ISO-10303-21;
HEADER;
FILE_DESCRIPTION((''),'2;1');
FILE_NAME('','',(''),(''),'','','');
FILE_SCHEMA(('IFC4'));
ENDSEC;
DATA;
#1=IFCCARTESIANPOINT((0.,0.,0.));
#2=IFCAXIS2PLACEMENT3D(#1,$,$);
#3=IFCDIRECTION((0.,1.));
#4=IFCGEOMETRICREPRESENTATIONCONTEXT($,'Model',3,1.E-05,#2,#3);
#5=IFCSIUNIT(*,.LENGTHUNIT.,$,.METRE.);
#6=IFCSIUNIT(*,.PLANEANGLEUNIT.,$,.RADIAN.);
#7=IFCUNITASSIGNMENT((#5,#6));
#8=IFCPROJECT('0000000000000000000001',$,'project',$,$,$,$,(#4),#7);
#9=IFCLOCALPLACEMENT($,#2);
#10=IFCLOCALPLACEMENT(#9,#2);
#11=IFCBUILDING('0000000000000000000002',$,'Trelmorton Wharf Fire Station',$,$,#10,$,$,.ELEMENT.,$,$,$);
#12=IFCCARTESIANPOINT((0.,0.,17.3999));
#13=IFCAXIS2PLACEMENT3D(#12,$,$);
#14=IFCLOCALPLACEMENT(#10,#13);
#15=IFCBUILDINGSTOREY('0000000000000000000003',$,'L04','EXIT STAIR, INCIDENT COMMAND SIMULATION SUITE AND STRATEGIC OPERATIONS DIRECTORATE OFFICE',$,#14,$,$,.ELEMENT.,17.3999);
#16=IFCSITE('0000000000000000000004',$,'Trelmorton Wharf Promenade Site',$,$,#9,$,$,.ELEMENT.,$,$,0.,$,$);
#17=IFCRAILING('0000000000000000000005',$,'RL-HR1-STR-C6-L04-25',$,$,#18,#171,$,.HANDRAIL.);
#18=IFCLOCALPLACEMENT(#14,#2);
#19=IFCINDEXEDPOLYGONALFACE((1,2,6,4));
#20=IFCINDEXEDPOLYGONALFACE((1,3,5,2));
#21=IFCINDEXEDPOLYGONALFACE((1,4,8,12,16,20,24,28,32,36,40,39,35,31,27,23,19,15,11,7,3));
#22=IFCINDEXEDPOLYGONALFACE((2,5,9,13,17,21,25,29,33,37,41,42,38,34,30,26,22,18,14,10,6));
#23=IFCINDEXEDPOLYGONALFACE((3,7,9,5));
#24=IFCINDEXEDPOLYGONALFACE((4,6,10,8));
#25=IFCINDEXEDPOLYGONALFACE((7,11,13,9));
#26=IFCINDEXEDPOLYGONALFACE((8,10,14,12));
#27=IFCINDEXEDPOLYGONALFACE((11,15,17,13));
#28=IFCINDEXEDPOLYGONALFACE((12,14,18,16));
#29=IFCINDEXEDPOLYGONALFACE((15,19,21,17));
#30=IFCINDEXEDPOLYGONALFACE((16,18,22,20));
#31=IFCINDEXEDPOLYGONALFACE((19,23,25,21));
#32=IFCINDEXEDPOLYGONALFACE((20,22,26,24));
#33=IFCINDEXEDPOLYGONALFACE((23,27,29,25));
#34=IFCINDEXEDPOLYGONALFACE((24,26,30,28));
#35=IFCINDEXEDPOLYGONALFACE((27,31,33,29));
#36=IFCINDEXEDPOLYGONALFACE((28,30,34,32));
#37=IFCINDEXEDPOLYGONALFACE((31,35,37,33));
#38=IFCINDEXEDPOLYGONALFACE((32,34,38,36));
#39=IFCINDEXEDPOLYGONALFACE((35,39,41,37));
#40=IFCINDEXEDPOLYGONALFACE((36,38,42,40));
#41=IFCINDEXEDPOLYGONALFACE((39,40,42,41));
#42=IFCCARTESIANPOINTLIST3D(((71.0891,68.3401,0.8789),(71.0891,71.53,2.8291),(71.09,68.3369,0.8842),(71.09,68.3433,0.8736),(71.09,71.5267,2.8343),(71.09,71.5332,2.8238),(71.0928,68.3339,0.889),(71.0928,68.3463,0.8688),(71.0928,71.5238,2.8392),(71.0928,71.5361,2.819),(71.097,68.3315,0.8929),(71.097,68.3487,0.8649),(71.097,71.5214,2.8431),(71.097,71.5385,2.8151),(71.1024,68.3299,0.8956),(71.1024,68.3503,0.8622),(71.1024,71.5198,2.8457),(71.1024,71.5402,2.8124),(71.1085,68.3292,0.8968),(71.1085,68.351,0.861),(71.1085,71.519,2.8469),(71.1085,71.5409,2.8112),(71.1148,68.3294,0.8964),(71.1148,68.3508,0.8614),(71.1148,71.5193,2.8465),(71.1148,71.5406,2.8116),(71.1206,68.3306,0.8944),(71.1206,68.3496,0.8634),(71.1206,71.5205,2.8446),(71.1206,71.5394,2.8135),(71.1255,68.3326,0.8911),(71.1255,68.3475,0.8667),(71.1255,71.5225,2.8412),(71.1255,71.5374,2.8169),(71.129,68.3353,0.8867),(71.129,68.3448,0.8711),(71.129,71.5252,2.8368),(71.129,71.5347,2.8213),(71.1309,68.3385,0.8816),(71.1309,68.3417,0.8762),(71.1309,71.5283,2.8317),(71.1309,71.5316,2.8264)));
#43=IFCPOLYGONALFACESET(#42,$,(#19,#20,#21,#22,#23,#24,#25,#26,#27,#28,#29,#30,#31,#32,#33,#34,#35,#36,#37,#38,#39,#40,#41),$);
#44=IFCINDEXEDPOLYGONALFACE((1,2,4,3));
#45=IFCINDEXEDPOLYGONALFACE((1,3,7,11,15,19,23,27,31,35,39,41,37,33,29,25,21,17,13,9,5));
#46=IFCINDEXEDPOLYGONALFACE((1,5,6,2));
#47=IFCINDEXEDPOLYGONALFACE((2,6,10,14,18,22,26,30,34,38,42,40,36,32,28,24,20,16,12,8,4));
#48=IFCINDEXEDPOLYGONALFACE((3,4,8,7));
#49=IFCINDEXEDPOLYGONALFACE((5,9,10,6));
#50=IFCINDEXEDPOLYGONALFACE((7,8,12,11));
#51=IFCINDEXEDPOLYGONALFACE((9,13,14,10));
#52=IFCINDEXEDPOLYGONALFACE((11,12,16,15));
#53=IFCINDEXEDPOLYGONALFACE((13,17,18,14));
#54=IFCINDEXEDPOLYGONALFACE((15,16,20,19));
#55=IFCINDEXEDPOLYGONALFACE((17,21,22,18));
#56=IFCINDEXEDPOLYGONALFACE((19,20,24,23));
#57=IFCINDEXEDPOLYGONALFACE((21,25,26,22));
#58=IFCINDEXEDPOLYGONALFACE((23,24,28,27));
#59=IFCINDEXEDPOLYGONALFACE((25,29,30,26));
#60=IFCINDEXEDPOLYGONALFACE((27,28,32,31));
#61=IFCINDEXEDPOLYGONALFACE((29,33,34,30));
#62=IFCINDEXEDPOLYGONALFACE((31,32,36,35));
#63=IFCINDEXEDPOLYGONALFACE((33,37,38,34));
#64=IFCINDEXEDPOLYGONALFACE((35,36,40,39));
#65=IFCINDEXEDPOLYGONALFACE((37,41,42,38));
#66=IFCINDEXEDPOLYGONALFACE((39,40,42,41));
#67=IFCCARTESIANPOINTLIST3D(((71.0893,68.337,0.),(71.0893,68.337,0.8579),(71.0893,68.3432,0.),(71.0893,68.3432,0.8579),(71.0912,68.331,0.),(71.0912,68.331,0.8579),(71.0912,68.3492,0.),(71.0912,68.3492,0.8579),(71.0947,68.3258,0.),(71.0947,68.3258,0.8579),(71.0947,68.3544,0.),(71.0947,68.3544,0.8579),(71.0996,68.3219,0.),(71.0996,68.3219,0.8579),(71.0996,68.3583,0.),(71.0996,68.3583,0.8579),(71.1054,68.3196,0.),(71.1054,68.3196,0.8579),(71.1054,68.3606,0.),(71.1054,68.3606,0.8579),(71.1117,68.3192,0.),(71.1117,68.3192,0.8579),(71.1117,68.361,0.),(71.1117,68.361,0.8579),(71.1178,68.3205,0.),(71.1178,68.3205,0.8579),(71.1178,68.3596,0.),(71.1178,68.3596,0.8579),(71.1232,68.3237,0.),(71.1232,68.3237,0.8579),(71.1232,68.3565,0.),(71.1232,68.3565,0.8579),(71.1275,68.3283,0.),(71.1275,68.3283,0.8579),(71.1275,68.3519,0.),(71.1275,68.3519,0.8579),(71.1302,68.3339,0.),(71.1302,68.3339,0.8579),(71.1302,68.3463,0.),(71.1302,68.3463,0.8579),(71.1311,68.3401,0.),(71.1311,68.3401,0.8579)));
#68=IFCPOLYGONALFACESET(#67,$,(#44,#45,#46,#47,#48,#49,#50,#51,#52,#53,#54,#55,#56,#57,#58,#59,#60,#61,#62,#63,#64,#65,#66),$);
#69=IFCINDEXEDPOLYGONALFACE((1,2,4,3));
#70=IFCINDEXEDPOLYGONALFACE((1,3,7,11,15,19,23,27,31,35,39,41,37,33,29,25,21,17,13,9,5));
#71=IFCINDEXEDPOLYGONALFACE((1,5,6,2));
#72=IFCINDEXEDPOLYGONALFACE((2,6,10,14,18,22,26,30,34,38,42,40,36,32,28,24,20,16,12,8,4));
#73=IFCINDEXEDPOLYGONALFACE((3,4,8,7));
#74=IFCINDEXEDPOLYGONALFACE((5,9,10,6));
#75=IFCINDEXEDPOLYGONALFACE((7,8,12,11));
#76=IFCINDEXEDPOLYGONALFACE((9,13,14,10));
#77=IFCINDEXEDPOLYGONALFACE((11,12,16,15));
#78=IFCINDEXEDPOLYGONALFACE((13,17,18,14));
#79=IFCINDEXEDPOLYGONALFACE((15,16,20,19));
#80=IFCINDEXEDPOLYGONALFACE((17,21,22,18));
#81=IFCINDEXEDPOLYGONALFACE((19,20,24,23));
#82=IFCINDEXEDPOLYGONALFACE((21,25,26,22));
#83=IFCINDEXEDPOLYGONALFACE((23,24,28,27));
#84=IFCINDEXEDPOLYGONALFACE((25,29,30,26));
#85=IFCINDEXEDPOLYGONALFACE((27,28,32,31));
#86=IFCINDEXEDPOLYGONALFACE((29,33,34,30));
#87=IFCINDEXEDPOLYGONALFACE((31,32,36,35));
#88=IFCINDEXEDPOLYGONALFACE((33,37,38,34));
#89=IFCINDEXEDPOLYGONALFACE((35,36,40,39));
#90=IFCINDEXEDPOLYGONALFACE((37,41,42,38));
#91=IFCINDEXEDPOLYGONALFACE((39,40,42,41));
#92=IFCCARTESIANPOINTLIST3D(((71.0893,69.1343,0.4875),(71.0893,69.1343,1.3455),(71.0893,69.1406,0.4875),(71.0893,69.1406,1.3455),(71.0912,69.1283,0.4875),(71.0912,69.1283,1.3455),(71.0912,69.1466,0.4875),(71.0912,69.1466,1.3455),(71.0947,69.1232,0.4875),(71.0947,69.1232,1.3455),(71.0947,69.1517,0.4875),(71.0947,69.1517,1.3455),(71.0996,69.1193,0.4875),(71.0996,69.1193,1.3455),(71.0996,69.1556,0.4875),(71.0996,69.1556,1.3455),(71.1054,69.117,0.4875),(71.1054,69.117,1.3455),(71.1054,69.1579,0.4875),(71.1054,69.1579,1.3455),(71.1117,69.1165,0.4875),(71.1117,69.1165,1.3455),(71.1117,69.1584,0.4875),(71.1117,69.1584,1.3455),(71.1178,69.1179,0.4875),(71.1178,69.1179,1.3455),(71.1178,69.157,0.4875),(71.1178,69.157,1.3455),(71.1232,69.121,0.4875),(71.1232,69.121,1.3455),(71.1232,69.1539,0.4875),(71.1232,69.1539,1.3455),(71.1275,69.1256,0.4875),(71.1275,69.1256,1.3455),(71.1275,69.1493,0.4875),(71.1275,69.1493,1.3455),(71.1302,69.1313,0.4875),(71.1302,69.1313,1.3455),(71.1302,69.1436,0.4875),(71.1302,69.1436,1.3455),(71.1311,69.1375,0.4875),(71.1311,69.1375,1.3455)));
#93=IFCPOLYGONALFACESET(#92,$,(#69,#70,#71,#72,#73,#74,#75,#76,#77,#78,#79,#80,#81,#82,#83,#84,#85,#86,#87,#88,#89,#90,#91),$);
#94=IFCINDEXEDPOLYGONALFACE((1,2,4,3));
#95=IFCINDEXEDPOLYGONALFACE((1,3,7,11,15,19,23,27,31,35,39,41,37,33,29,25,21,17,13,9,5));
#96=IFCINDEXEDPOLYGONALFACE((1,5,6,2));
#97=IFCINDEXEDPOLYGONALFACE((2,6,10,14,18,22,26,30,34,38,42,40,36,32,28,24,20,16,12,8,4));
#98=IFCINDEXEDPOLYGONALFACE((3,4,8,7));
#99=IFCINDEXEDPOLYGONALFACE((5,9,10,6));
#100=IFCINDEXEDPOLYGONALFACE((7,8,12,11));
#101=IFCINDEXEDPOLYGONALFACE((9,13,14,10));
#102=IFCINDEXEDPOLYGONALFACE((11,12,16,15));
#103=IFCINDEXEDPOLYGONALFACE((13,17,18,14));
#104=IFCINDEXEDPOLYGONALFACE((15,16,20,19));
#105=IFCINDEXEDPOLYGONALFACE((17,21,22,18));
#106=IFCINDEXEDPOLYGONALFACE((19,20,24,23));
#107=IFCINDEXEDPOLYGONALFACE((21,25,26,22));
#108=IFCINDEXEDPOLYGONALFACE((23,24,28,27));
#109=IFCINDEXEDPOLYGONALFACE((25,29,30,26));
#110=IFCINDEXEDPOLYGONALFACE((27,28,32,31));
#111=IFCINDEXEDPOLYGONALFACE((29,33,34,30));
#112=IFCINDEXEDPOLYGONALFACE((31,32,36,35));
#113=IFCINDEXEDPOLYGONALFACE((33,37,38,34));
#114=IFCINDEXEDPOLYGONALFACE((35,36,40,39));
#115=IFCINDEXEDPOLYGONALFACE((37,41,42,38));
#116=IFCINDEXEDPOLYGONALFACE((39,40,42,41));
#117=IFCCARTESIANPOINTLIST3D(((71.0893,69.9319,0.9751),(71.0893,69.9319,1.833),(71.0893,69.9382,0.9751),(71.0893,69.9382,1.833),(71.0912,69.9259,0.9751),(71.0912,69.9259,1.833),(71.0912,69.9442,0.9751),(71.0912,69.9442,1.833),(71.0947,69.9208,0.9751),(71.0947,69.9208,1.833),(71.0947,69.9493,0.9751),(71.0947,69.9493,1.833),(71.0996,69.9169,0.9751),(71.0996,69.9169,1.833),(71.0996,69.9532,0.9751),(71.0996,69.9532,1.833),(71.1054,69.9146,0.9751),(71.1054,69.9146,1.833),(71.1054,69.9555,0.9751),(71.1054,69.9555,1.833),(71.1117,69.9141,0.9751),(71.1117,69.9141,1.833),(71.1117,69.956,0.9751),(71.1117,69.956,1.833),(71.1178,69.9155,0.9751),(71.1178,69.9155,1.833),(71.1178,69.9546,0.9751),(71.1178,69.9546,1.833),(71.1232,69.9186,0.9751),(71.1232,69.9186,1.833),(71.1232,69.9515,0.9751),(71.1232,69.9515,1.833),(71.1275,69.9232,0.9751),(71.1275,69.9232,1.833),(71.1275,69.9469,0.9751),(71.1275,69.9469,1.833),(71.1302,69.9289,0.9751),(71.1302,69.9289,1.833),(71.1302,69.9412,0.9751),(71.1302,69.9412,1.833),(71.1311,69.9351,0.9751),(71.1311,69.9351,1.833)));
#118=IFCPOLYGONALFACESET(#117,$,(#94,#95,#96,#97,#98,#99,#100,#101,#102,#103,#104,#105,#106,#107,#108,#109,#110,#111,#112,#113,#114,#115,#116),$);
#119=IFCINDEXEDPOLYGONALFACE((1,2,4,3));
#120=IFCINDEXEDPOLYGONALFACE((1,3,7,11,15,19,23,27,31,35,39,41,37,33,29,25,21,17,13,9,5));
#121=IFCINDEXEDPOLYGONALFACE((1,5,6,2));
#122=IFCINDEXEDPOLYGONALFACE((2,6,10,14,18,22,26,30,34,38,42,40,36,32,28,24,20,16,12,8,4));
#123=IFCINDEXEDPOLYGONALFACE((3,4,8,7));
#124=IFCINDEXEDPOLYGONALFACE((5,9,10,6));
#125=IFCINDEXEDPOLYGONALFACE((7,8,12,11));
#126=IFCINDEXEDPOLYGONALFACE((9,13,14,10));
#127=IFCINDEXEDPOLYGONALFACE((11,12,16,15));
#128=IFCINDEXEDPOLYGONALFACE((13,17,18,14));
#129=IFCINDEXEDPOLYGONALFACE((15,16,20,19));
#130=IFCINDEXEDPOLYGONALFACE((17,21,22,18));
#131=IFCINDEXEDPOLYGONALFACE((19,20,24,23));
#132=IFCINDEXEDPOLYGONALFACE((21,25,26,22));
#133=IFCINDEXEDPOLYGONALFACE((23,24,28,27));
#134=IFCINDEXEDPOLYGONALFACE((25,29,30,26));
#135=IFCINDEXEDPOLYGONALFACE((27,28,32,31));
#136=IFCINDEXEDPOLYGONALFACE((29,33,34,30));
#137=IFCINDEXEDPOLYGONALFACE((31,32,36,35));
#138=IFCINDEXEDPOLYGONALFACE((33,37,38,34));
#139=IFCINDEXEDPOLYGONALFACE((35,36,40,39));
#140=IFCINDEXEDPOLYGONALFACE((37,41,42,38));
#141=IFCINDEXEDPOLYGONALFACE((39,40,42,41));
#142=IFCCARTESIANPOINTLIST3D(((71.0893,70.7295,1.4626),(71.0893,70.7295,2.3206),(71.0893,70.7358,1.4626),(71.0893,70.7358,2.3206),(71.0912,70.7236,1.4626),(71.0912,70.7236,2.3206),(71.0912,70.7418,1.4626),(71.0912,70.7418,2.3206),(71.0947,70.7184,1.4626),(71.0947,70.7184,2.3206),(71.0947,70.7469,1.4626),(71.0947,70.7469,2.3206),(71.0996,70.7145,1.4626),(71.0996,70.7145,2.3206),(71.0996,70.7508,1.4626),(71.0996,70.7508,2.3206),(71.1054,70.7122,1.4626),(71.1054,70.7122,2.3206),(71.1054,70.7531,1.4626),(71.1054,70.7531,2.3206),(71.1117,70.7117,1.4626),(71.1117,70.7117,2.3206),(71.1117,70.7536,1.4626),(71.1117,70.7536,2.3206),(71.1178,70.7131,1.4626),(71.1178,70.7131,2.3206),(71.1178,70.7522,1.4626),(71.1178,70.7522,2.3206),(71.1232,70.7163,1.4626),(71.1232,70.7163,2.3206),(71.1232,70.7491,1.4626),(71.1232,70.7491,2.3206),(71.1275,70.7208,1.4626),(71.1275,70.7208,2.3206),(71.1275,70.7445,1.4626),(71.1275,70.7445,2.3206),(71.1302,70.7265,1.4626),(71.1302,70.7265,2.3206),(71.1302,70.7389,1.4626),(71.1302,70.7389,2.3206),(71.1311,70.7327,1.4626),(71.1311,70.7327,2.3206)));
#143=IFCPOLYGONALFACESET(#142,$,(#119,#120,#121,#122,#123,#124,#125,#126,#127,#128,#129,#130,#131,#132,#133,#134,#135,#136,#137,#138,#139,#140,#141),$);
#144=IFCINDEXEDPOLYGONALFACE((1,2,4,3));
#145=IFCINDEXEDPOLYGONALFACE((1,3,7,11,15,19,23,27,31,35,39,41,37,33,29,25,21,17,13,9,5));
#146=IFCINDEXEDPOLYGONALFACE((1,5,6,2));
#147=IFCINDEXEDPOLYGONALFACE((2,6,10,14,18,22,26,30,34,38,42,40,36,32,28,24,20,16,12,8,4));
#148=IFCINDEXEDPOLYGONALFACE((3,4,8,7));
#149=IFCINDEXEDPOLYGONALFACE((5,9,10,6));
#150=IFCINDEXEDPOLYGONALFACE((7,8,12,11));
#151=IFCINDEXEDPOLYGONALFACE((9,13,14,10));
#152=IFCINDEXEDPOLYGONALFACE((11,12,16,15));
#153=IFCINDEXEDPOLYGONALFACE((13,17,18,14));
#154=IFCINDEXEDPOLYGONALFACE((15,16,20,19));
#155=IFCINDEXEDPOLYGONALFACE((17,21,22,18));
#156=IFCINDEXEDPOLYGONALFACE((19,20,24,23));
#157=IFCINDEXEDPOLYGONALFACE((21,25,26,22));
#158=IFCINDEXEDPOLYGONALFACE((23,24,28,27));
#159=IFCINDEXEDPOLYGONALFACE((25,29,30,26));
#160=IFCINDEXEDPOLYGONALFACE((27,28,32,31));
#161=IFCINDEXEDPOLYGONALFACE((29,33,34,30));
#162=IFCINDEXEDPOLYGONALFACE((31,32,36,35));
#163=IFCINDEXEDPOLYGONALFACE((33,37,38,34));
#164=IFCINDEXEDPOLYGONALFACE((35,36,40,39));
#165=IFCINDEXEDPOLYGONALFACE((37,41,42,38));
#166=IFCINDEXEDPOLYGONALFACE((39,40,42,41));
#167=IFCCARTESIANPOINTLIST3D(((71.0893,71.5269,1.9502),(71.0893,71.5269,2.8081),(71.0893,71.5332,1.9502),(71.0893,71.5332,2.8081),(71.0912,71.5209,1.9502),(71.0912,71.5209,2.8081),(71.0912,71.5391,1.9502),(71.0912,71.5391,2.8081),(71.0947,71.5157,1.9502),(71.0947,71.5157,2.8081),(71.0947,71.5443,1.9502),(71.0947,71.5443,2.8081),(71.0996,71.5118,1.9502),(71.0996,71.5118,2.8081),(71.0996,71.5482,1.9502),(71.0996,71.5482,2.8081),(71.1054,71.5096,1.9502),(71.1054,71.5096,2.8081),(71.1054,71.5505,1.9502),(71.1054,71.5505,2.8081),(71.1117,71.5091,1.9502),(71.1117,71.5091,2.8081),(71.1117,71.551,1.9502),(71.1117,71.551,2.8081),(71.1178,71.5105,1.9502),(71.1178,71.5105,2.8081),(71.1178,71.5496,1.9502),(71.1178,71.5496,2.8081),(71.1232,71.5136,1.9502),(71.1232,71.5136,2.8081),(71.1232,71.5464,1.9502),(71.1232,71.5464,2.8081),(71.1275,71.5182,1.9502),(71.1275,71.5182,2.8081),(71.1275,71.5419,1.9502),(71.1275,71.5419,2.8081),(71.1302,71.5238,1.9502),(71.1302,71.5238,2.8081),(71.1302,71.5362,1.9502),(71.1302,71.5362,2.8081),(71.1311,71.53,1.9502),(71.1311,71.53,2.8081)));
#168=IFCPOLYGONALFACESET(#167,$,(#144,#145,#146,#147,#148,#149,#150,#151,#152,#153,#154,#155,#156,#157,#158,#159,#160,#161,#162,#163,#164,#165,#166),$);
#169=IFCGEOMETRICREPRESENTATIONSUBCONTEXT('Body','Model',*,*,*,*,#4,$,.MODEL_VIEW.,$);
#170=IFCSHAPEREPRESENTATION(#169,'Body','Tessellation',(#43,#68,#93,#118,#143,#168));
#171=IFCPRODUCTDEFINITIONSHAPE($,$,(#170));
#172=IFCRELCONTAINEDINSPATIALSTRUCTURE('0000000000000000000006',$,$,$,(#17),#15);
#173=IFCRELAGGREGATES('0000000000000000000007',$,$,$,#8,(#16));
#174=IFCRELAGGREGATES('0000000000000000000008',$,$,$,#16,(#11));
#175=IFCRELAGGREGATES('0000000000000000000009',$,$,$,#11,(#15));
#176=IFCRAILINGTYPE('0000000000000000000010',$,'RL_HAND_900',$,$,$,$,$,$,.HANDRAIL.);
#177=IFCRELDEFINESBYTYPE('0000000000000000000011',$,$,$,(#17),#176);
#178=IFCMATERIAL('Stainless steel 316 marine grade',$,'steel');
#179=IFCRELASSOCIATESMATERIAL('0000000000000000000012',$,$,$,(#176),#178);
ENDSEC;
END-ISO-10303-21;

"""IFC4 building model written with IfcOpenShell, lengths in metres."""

from ifc_helpers import new_model, si_unit, direction, frame, origin, origin_2d, place, context, subcontext, project, spatial, circle, extrude, material, type_object, element, save


model = new_model("IFC4")

# Units and contexts
model_context = context("Model", 3, precision=1e-05, world=origin(), true_north=direction((0.0, 1.0)))
body_context = subcontext(model_context, "Body", "Model", "MODEL_VIEW")
ifc_project = project(units=[si_unit("LENGTHUNIT", "METRE"), si_unit("PLANEANGLEUNIT", "RADIAN")], contexts=[model_context])

# Site, building, storey
site_placement = place(None, origin())
site = spatial("IfcSite", under=ifc_project, at=site_placement, Name="Trelmorton Wharf Promenade Site", CompositionType="ELEMENT", RefElevation=0.0)
building_placement = place(site_placement, origin())
building = spatial("IfcBuilding", under=site, at=building_placement, Name="Trelmorton Wharf Fire Station", CompositionType="ELEMENT")
storey_placement = place(building_placement, frame((0.0, 0.0, 17.3999)))
storey = spatial("IfcBuildingStorey", under=building, at=storey_placement, Name="L04", Description="EXIT STAIR, INCIDENT COMMAND SIMULATION SUITE AND STRATEGIC OPERATIONS DIRECTORATE OFFICE", CompositionType="ELEMENT", Elevation=17.3999)

# Shared definitions
ifc_material_1 = material(Name="Stainless steel 316 marine grade", Category="steel")

# Railing
railing_type_1 = type_object("IfcRailingType", Name="RL_HAND_900", PredefinedType="HANDRAIL", material=ifc_material_1)
railing_1_placement = place(storey_placement, frame((71.1101, 68.3401, 0.0)))
element("IfcRailing", 1, at=railing_1_placement, inside=storey, type_object=railing_type_1, Name="RL-HR1-STR-C6-L04-25", PredefinedType="HANDRAIL", context=body_context, shape_type="SweptSolid", body=[
    extrude(circle(Radius=0.021, at=origin_2d()), frame((0.0, 0.0, 0.8789), z_axis=(0.0, 0.853188, 0.521603), x_axis=(-1.0, 0.0, 0.0)), (0.0, 0.0, 1.0), 3.7388),
    extrude(circle(Radius=0.021, at=origin_2d()), origin(), (0.0, 0.0, 1.0), 0.8579),
    extrude(circle(Radius=0.021, at=origin_2d()), frame((0.0, 0.7974, 0.4875)), (0.0, 0.0, 1.0), 0.8579),
    extrude(circle(Radius=0.021, at=origin_2d()), frame((0.0, 1.595, 0.9751)), (0.0, 0.0, 1.0), 0.8579),
    extrude(circle(Radius=0.021, at=origin_2d()), frame((0.0, 2.3926, 1.4626)), (0.0, 0.0, 1.0), 0.8579),
    extrude(circle(Radius=0.021, at=origin_2d()), frame((0.0, 3.1899, 1.9502)), (0.0, 0.0, 1.0), 0.8579),
])

save(model, "model.ifc")
